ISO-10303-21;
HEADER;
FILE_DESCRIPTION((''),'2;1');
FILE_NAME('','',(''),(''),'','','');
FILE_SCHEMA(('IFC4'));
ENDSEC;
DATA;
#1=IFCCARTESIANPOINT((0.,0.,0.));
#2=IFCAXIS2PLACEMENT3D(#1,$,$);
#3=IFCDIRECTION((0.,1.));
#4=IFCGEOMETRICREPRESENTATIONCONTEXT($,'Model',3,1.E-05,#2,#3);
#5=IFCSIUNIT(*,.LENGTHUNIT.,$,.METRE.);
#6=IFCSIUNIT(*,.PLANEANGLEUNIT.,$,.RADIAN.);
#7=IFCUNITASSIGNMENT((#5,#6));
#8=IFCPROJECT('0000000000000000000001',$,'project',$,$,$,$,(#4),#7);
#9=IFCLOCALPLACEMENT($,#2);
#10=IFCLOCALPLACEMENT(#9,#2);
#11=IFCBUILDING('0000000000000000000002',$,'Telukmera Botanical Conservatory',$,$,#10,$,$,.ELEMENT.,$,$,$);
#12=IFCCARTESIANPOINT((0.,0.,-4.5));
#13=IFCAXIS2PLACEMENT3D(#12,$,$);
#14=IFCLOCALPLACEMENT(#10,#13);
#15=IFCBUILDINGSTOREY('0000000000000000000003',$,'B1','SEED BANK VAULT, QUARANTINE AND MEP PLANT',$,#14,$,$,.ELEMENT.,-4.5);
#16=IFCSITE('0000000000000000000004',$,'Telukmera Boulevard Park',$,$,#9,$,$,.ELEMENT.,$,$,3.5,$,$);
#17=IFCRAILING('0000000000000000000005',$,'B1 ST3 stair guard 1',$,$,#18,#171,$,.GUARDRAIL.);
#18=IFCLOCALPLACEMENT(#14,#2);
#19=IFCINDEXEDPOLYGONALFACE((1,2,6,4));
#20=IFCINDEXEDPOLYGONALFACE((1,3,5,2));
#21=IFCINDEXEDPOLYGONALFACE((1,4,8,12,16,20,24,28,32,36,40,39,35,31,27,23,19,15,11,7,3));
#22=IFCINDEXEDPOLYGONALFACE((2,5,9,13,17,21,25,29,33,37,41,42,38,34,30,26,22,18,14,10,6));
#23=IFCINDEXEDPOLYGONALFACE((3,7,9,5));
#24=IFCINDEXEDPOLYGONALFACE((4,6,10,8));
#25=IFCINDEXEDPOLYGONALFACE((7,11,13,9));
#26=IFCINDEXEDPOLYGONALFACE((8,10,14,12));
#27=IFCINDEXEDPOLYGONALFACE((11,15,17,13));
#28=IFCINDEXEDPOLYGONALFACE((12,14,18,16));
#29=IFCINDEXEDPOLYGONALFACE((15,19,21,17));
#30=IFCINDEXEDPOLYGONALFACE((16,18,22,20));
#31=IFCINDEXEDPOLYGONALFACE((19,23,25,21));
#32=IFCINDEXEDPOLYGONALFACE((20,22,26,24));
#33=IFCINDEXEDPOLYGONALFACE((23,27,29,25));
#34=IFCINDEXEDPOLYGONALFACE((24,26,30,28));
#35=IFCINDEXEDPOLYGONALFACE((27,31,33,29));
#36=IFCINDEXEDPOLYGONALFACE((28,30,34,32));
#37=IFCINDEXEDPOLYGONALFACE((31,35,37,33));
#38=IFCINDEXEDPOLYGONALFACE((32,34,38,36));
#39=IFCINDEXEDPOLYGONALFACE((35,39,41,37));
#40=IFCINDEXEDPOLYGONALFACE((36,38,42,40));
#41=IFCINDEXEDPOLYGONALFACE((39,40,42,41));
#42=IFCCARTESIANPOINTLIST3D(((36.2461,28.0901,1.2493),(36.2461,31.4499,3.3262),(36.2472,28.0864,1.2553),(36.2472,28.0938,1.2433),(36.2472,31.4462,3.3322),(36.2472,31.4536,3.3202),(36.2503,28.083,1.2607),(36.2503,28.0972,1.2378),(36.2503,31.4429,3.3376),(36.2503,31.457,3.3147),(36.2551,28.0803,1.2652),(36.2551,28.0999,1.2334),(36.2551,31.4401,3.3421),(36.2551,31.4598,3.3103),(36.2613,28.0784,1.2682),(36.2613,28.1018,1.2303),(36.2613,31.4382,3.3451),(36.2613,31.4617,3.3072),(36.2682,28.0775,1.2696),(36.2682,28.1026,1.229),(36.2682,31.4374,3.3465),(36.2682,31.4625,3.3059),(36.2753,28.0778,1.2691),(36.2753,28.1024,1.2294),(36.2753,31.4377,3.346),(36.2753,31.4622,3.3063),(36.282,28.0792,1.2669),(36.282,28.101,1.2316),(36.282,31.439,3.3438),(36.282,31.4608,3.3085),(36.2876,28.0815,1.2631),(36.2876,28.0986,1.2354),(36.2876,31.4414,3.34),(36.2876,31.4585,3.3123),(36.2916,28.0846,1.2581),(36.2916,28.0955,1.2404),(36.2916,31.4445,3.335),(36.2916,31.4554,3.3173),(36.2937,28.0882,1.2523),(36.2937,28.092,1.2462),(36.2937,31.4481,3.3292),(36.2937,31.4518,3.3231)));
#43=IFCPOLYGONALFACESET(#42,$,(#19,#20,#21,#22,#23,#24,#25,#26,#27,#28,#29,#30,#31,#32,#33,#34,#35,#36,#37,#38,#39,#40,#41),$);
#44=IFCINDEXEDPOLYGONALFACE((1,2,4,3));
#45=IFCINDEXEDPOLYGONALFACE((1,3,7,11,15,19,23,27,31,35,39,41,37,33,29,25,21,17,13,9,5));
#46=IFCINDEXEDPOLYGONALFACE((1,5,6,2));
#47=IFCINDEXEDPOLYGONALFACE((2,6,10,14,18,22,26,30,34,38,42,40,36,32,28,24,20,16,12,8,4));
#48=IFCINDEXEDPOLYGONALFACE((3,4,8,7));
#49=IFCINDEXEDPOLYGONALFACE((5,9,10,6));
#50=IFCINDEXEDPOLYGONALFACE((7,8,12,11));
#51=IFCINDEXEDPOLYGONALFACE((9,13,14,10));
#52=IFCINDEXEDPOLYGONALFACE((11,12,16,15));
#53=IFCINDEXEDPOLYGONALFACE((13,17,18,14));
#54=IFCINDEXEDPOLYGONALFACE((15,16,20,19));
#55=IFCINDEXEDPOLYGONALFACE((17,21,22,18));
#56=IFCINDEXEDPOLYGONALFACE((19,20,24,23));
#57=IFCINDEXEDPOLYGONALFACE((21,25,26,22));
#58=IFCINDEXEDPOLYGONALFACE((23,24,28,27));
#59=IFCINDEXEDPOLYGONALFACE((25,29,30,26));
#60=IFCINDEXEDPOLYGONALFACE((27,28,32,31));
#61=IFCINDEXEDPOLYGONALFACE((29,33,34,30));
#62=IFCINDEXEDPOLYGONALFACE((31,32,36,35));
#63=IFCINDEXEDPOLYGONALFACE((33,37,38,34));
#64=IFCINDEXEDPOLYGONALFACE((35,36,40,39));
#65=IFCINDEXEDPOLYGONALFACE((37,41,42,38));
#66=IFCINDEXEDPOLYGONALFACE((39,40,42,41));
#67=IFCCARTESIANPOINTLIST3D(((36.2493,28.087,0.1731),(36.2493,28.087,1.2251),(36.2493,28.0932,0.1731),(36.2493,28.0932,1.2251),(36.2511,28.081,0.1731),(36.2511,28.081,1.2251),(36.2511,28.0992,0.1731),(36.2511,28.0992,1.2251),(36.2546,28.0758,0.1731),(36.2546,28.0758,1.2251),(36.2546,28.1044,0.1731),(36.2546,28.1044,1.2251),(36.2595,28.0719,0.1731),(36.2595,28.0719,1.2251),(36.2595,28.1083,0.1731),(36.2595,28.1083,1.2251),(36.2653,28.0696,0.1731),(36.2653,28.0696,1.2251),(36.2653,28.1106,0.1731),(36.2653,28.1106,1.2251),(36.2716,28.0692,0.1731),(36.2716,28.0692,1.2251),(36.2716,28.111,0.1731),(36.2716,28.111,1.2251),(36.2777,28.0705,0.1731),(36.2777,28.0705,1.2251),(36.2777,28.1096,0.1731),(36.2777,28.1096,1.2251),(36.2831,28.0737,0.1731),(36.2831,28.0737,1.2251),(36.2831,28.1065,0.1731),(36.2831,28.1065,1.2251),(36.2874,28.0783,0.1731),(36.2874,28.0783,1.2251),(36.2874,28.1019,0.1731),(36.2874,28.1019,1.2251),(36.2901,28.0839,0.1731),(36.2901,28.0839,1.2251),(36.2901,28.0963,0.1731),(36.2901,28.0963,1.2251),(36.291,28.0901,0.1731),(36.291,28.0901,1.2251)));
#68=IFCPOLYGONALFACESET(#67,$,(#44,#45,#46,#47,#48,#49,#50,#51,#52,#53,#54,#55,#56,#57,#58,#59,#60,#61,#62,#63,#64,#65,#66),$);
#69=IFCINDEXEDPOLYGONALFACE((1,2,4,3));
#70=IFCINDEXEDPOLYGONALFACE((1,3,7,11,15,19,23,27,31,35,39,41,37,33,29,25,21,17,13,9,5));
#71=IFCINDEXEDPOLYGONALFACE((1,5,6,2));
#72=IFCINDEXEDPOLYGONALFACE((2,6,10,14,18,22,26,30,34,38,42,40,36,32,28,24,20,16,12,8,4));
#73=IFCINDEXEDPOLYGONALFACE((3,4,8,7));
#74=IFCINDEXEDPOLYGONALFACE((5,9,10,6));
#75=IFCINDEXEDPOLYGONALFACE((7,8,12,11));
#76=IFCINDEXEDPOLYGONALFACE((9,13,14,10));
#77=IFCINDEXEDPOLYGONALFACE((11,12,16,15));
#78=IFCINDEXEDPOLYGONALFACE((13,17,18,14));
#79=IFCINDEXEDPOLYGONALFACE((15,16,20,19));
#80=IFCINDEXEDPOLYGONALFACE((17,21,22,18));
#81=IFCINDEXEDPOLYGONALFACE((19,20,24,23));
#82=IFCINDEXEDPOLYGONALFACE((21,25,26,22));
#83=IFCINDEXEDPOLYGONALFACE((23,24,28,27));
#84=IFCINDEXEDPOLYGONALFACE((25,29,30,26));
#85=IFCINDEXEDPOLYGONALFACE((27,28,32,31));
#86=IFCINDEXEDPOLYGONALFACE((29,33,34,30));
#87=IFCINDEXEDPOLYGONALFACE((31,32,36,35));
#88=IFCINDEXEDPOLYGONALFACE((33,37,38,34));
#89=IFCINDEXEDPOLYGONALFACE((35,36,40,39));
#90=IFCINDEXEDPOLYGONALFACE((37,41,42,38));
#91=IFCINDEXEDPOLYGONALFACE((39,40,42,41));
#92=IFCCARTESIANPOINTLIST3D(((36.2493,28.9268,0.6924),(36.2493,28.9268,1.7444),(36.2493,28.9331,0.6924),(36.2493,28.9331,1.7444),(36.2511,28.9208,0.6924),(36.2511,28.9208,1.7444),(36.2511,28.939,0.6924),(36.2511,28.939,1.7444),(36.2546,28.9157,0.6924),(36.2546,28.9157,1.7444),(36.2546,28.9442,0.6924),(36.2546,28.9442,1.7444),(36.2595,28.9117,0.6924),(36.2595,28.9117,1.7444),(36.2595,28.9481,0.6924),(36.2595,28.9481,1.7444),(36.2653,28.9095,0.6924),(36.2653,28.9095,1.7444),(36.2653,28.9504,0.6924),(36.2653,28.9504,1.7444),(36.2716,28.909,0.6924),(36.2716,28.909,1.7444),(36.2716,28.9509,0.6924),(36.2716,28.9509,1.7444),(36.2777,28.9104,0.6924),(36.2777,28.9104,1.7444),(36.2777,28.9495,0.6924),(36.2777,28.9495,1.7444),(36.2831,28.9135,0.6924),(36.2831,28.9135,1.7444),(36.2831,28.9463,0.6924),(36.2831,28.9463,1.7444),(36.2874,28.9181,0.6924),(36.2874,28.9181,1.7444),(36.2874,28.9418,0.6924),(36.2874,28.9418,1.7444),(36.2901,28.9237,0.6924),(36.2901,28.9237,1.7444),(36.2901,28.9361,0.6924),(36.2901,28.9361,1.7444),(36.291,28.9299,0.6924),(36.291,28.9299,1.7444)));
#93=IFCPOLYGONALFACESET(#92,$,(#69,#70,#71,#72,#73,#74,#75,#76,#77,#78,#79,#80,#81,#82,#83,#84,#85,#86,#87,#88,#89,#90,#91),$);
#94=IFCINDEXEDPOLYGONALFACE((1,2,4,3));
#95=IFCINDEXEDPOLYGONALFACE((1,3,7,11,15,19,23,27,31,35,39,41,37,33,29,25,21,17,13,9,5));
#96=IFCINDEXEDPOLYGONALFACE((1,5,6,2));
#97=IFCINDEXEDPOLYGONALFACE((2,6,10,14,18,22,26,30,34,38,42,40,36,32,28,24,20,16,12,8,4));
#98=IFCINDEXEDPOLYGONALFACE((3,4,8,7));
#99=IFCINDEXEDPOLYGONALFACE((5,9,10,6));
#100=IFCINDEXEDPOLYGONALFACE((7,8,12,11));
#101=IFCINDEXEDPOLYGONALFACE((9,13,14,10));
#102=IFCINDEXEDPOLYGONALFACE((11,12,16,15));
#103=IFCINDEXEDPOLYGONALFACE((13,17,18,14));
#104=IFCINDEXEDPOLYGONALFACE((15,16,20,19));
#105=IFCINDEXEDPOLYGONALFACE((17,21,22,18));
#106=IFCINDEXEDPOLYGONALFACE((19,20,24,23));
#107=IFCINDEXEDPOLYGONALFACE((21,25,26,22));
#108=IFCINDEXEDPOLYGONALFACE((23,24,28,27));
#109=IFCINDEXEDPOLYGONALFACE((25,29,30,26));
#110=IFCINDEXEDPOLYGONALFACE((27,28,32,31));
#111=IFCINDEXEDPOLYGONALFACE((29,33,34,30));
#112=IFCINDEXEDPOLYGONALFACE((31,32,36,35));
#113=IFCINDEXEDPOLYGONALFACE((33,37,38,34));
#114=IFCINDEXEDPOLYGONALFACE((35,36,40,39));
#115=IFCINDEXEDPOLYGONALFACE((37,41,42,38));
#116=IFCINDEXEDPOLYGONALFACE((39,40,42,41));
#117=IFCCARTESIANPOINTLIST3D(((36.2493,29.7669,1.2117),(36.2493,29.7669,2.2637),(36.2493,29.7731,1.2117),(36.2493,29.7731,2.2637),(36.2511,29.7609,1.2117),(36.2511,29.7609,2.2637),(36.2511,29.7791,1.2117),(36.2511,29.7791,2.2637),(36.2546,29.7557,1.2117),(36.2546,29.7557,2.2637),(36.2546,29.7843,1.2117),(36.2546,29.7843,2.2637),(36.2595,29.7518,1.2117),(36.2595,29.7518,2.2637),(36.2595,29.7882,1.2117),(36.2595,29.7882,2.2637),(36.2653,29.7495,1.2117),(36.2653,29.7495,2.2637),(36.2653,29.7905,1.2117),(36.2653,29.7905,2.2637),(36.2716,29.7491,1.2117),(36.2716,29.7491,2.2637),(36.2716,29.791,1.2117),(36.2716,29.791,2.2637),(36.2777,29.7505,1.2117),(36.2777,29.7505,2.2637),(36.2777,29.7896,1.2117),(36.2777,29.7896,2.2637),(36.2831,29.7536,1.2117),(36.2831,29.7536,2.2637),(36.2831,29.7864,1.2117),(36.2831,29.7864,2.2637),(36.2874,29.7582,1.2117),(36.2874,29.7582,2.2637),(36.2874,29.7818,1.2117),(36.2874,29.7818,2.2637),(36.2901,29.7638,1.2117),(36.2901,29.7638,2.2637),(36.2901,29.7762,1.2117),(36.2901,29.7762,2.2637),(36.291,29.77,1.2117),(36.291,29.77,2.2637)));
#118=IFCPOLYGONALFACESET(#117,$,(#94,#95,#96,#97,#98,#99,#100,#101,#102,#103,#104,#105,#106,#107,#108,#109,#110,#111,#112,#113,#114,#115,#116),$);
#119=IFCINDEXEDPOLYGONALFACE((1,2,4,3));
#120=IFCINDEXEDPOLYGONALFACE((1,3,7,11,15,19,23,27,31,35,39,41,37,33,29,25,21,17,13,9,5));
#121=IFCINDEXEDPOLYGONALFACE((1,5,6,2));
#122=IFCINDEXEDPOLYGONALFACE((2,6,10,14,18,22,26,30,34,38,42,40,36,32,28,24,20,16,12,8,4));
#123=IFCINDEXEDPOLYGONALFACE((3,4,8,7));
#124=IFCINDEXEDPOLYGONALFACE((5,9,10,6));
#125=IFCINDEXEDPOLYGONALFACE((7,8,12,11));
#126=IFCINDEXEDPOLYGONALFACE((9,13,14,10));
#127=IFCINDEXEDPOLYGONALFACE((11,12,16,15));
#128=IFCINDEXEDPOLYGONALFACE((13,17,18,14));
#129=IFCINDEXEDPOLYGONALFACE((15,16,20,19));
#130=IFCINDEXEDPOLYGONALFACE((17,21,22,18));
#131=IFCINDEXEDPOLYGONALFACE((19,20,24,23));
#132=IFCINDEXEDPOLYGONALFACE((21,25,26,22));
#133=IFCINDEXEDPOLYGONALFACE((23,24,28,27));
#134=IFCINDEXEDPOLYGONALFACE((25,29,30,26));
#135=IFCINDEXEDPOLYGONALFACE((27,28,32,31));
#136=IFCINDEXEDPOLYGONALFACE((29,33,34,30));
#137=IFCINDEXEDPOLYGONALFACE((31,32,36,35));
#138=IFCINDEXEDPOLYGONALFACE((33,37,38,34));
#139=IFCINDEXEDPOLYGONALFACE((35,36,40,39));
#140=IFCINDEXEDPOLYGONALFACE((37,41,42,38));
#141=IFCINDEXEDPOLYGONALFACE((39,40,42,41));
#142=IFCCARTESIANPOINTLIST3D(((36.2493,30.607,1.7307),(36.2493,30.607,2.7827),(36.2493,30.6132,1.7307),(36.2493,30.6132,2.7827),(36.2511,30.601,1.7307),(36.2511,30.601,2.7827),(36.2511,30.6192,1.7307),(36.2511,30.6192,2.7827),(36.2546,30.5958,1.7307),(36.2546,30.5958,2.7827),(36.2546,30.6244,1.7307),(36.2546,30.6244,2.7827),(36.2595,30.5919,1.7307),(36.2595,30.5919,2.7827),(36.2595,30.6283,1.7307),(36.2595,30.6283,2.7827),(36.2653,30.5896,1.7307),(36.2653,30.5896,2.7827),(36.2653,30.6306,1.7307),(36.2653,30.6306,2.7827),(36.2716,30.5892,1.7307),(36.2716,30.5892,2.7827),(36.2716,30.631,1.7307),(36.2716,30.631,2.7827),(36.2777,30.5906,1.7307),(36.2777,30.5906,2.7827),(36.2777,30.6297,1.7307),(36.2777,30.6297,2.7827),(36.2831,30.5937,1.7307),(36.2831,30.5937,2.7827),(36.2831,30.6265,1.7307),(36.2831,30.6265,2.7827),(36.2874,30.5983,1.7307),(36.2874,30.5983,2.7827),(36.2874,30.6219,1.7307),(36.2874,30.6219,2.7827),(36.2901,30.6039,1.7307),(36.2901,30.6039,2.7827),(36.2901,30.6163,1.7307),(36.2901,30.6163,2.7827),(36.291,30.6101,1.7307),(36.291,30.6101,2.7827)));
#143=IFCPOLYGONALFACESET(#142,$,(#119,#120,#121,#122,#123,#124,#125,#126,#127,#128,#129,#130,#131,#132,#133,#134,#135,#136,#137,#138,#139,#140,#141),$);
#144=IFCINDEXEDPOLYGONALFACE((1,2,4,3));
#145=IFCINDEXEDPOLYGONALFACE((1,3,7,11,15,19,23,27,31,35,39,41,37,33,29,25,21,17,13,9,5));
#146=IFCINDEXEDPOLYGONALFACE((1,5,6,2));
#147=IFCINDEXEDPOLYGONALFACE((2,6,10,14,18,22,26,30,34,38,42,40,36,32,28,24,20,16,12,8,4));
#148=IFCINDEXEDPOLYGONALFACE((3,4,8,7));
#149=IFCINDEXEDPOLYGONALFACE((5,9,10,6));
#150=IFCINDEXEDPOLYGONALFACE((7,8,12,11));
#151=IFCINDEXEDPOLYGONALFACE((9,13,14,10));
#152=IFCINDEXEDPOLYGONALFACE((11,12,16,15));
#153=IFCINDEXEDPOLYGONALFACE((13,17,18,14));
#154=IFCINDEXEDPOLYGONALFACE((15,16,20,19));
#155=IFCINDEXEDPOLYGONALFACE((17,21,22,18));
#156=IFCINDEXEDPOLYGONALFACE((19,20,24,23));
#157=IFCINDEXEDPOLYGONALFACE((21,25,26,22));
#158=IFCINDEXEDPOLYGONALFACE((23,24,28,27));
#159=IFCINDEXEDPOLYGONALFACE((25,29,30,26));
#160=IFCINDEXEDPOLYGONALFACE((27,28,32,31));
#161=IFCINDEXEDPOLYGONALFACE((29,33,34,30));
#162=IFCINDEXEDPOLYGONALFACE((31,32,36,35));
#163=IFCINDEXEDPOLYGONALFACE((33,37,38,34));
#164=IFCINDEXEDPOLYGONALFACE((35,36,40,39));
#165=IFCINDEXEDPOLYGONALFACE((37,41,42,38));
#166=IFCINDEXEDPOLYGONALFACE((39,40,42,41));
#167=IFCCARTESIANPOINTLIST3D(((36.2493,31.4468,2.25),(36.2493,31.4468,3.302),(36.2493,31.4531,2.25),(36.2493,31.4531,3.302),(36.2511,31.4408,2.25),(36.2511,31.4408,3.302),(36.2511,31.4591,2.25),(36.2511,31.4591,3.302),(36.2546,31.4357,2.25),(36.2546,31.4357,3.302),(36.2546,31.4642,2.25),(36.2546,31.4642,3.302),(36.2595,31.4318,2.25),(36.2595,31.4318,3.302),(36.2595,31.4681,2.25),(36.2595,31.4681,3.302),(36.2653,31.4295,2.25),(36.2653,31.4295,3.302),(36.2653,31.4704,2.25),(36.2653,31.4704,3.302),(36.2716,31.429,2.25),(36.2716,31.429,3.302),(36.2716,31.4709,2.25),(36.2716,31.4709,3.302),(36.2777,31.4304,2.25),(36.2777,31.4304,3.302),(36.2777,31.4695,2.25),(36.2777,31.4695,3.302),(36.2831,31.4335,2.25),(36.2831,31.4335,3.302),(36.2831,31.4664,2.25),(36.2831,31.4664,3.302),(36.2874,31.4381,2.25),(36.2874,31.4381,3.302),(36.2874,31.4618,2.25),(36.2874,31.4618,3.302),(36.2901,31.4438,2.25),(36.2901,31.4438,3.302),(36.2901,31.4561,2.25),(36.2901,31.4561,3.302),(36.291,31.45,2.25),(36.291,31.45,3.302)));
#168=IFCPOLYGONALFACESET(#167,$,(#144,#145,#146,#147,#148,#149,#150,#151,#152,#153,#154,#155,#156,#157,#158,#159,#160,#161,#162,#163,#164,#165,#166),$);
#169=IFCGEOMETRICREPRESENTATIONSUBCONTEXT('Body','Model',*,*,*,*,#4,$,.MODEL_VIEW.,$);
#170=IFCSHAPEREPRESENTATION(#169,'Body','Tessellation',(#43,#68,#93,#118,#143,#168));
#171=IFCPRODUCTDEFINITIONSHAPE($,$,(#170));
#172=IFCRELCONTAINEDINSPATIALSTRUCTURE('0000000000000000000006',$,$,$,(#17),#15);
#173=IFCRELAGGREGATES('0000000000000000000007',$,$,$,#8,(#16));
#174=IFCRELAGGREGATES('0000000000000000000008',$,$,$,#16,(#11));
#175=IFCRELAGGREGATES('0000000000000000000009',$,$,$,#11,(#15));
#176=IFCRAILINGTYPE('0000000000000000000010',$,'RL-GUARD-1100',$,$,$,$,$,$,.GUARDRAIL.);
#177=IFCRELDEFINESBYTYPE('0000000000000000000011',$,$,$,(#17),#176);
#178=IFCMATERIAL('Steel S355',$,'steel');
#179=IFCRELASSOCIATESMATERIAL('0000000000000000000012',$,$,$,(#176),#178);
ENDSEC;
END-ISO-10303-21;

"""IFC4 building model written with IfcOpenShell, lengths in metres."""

from ifc_helpers import new_model, si_unit, direction, frame, origin, origin_2d, place, context, subcontext, project, spatial, circle, extrude, material, type_object, element, save


model = new_model("IFC4")

# Units and contexts
model_context = context("Model", 3, precision=1e-05, world=origin(), true_north=direction((0.0, 1.0)))
body_context = subcontext(model_context, "Body", "Model", "MODEL_VIEW")
ifc_project = project(units=[si_unit("LENGTHUNIT", "METRE"), si_unit("PLANEANGLEUNIT", "RADIAN")], contexts=[model_context])

# Site, building, storey
site_placement = place(None, origin())
site = spatial("IfcSite", under=ifc_project, at=site_placement, Name="Telukmera Boulevard Park", CompositionType="ELEMENT", RefElevation=3.5)
building_placement = place(site_placement, origin())
building = spatial("IfcBuilding", under=site, at=building_placement, Name="Telukmera Botanical Conservatory", CompositionType="ELEMENT")
storey_placement = place(building_placement, frame((0.0, 0.0, -4.5)))
storey = spatial("IfcBuildingStorey", under=building, at=storey_placement, Name="B1", Description="SEED BANK VAULT, QUARANTINE AND MEP PLANT", CompositionType="ELEMENT", Elevation=-4.5)

# Railing
ifc_material_1 = material(Name="Steel S355", Category="steel")
railing_type_1 = type_object("IfcRailingType", Name="RL-GUARD-1100", PredefinedType="GUARDRAIL", material=ifc_material_1)
railing_1_placement = place(storey_placement, frame((36.27, 28.0901, 0.1731)))
element("IfcRailing", 1, at=railing_1_placement, inside=storey, type_object=railing_type_1, Name="B1 ST3 stair guard 1", PredefinedType="GUARDRAIL", context=body_context, shape_type="SweptSolid", body=[
    extrude(circle(Radius=0.0239, at=origin_2d()), frame((0.0, 0.0, 1.0762), z_axis=(0.0, 0.850606, 0.525803), x_axis=(-1.0, 0.0, 0.0)), (0.0, 0.0, 1.0), 3.95),
    extrude(circle(Radius=0.021, at=origin_2d()), origin(), (0.0, 0.0, 1.0), 1.052),
    extrude(circle(Radius=0.021, at=origin_2d()), frame((0.0, 0.8398, 0.5193)), (0.0, 0.0, 1.0), 1.052),
    extrude(circle(Radius=0.021, at=origin_2d()), frame((0.0, 1.6799, 1.0386)), (0.0, 0.0, 1.0), 1.052),
    extrude(circle(Radius=0.021, at=origin_2d()), frame((0.0, 2.52, 1.5576)), (0.0, 0.0, 1.0), 1.052),
    extrude(circle(Radius=0.021, at=origin_2d()), frame((0.0, 3.3599, 2.0769)), (0.0, 0.0, 1.0), 1.052),
])

save(model, "model.ifc")
